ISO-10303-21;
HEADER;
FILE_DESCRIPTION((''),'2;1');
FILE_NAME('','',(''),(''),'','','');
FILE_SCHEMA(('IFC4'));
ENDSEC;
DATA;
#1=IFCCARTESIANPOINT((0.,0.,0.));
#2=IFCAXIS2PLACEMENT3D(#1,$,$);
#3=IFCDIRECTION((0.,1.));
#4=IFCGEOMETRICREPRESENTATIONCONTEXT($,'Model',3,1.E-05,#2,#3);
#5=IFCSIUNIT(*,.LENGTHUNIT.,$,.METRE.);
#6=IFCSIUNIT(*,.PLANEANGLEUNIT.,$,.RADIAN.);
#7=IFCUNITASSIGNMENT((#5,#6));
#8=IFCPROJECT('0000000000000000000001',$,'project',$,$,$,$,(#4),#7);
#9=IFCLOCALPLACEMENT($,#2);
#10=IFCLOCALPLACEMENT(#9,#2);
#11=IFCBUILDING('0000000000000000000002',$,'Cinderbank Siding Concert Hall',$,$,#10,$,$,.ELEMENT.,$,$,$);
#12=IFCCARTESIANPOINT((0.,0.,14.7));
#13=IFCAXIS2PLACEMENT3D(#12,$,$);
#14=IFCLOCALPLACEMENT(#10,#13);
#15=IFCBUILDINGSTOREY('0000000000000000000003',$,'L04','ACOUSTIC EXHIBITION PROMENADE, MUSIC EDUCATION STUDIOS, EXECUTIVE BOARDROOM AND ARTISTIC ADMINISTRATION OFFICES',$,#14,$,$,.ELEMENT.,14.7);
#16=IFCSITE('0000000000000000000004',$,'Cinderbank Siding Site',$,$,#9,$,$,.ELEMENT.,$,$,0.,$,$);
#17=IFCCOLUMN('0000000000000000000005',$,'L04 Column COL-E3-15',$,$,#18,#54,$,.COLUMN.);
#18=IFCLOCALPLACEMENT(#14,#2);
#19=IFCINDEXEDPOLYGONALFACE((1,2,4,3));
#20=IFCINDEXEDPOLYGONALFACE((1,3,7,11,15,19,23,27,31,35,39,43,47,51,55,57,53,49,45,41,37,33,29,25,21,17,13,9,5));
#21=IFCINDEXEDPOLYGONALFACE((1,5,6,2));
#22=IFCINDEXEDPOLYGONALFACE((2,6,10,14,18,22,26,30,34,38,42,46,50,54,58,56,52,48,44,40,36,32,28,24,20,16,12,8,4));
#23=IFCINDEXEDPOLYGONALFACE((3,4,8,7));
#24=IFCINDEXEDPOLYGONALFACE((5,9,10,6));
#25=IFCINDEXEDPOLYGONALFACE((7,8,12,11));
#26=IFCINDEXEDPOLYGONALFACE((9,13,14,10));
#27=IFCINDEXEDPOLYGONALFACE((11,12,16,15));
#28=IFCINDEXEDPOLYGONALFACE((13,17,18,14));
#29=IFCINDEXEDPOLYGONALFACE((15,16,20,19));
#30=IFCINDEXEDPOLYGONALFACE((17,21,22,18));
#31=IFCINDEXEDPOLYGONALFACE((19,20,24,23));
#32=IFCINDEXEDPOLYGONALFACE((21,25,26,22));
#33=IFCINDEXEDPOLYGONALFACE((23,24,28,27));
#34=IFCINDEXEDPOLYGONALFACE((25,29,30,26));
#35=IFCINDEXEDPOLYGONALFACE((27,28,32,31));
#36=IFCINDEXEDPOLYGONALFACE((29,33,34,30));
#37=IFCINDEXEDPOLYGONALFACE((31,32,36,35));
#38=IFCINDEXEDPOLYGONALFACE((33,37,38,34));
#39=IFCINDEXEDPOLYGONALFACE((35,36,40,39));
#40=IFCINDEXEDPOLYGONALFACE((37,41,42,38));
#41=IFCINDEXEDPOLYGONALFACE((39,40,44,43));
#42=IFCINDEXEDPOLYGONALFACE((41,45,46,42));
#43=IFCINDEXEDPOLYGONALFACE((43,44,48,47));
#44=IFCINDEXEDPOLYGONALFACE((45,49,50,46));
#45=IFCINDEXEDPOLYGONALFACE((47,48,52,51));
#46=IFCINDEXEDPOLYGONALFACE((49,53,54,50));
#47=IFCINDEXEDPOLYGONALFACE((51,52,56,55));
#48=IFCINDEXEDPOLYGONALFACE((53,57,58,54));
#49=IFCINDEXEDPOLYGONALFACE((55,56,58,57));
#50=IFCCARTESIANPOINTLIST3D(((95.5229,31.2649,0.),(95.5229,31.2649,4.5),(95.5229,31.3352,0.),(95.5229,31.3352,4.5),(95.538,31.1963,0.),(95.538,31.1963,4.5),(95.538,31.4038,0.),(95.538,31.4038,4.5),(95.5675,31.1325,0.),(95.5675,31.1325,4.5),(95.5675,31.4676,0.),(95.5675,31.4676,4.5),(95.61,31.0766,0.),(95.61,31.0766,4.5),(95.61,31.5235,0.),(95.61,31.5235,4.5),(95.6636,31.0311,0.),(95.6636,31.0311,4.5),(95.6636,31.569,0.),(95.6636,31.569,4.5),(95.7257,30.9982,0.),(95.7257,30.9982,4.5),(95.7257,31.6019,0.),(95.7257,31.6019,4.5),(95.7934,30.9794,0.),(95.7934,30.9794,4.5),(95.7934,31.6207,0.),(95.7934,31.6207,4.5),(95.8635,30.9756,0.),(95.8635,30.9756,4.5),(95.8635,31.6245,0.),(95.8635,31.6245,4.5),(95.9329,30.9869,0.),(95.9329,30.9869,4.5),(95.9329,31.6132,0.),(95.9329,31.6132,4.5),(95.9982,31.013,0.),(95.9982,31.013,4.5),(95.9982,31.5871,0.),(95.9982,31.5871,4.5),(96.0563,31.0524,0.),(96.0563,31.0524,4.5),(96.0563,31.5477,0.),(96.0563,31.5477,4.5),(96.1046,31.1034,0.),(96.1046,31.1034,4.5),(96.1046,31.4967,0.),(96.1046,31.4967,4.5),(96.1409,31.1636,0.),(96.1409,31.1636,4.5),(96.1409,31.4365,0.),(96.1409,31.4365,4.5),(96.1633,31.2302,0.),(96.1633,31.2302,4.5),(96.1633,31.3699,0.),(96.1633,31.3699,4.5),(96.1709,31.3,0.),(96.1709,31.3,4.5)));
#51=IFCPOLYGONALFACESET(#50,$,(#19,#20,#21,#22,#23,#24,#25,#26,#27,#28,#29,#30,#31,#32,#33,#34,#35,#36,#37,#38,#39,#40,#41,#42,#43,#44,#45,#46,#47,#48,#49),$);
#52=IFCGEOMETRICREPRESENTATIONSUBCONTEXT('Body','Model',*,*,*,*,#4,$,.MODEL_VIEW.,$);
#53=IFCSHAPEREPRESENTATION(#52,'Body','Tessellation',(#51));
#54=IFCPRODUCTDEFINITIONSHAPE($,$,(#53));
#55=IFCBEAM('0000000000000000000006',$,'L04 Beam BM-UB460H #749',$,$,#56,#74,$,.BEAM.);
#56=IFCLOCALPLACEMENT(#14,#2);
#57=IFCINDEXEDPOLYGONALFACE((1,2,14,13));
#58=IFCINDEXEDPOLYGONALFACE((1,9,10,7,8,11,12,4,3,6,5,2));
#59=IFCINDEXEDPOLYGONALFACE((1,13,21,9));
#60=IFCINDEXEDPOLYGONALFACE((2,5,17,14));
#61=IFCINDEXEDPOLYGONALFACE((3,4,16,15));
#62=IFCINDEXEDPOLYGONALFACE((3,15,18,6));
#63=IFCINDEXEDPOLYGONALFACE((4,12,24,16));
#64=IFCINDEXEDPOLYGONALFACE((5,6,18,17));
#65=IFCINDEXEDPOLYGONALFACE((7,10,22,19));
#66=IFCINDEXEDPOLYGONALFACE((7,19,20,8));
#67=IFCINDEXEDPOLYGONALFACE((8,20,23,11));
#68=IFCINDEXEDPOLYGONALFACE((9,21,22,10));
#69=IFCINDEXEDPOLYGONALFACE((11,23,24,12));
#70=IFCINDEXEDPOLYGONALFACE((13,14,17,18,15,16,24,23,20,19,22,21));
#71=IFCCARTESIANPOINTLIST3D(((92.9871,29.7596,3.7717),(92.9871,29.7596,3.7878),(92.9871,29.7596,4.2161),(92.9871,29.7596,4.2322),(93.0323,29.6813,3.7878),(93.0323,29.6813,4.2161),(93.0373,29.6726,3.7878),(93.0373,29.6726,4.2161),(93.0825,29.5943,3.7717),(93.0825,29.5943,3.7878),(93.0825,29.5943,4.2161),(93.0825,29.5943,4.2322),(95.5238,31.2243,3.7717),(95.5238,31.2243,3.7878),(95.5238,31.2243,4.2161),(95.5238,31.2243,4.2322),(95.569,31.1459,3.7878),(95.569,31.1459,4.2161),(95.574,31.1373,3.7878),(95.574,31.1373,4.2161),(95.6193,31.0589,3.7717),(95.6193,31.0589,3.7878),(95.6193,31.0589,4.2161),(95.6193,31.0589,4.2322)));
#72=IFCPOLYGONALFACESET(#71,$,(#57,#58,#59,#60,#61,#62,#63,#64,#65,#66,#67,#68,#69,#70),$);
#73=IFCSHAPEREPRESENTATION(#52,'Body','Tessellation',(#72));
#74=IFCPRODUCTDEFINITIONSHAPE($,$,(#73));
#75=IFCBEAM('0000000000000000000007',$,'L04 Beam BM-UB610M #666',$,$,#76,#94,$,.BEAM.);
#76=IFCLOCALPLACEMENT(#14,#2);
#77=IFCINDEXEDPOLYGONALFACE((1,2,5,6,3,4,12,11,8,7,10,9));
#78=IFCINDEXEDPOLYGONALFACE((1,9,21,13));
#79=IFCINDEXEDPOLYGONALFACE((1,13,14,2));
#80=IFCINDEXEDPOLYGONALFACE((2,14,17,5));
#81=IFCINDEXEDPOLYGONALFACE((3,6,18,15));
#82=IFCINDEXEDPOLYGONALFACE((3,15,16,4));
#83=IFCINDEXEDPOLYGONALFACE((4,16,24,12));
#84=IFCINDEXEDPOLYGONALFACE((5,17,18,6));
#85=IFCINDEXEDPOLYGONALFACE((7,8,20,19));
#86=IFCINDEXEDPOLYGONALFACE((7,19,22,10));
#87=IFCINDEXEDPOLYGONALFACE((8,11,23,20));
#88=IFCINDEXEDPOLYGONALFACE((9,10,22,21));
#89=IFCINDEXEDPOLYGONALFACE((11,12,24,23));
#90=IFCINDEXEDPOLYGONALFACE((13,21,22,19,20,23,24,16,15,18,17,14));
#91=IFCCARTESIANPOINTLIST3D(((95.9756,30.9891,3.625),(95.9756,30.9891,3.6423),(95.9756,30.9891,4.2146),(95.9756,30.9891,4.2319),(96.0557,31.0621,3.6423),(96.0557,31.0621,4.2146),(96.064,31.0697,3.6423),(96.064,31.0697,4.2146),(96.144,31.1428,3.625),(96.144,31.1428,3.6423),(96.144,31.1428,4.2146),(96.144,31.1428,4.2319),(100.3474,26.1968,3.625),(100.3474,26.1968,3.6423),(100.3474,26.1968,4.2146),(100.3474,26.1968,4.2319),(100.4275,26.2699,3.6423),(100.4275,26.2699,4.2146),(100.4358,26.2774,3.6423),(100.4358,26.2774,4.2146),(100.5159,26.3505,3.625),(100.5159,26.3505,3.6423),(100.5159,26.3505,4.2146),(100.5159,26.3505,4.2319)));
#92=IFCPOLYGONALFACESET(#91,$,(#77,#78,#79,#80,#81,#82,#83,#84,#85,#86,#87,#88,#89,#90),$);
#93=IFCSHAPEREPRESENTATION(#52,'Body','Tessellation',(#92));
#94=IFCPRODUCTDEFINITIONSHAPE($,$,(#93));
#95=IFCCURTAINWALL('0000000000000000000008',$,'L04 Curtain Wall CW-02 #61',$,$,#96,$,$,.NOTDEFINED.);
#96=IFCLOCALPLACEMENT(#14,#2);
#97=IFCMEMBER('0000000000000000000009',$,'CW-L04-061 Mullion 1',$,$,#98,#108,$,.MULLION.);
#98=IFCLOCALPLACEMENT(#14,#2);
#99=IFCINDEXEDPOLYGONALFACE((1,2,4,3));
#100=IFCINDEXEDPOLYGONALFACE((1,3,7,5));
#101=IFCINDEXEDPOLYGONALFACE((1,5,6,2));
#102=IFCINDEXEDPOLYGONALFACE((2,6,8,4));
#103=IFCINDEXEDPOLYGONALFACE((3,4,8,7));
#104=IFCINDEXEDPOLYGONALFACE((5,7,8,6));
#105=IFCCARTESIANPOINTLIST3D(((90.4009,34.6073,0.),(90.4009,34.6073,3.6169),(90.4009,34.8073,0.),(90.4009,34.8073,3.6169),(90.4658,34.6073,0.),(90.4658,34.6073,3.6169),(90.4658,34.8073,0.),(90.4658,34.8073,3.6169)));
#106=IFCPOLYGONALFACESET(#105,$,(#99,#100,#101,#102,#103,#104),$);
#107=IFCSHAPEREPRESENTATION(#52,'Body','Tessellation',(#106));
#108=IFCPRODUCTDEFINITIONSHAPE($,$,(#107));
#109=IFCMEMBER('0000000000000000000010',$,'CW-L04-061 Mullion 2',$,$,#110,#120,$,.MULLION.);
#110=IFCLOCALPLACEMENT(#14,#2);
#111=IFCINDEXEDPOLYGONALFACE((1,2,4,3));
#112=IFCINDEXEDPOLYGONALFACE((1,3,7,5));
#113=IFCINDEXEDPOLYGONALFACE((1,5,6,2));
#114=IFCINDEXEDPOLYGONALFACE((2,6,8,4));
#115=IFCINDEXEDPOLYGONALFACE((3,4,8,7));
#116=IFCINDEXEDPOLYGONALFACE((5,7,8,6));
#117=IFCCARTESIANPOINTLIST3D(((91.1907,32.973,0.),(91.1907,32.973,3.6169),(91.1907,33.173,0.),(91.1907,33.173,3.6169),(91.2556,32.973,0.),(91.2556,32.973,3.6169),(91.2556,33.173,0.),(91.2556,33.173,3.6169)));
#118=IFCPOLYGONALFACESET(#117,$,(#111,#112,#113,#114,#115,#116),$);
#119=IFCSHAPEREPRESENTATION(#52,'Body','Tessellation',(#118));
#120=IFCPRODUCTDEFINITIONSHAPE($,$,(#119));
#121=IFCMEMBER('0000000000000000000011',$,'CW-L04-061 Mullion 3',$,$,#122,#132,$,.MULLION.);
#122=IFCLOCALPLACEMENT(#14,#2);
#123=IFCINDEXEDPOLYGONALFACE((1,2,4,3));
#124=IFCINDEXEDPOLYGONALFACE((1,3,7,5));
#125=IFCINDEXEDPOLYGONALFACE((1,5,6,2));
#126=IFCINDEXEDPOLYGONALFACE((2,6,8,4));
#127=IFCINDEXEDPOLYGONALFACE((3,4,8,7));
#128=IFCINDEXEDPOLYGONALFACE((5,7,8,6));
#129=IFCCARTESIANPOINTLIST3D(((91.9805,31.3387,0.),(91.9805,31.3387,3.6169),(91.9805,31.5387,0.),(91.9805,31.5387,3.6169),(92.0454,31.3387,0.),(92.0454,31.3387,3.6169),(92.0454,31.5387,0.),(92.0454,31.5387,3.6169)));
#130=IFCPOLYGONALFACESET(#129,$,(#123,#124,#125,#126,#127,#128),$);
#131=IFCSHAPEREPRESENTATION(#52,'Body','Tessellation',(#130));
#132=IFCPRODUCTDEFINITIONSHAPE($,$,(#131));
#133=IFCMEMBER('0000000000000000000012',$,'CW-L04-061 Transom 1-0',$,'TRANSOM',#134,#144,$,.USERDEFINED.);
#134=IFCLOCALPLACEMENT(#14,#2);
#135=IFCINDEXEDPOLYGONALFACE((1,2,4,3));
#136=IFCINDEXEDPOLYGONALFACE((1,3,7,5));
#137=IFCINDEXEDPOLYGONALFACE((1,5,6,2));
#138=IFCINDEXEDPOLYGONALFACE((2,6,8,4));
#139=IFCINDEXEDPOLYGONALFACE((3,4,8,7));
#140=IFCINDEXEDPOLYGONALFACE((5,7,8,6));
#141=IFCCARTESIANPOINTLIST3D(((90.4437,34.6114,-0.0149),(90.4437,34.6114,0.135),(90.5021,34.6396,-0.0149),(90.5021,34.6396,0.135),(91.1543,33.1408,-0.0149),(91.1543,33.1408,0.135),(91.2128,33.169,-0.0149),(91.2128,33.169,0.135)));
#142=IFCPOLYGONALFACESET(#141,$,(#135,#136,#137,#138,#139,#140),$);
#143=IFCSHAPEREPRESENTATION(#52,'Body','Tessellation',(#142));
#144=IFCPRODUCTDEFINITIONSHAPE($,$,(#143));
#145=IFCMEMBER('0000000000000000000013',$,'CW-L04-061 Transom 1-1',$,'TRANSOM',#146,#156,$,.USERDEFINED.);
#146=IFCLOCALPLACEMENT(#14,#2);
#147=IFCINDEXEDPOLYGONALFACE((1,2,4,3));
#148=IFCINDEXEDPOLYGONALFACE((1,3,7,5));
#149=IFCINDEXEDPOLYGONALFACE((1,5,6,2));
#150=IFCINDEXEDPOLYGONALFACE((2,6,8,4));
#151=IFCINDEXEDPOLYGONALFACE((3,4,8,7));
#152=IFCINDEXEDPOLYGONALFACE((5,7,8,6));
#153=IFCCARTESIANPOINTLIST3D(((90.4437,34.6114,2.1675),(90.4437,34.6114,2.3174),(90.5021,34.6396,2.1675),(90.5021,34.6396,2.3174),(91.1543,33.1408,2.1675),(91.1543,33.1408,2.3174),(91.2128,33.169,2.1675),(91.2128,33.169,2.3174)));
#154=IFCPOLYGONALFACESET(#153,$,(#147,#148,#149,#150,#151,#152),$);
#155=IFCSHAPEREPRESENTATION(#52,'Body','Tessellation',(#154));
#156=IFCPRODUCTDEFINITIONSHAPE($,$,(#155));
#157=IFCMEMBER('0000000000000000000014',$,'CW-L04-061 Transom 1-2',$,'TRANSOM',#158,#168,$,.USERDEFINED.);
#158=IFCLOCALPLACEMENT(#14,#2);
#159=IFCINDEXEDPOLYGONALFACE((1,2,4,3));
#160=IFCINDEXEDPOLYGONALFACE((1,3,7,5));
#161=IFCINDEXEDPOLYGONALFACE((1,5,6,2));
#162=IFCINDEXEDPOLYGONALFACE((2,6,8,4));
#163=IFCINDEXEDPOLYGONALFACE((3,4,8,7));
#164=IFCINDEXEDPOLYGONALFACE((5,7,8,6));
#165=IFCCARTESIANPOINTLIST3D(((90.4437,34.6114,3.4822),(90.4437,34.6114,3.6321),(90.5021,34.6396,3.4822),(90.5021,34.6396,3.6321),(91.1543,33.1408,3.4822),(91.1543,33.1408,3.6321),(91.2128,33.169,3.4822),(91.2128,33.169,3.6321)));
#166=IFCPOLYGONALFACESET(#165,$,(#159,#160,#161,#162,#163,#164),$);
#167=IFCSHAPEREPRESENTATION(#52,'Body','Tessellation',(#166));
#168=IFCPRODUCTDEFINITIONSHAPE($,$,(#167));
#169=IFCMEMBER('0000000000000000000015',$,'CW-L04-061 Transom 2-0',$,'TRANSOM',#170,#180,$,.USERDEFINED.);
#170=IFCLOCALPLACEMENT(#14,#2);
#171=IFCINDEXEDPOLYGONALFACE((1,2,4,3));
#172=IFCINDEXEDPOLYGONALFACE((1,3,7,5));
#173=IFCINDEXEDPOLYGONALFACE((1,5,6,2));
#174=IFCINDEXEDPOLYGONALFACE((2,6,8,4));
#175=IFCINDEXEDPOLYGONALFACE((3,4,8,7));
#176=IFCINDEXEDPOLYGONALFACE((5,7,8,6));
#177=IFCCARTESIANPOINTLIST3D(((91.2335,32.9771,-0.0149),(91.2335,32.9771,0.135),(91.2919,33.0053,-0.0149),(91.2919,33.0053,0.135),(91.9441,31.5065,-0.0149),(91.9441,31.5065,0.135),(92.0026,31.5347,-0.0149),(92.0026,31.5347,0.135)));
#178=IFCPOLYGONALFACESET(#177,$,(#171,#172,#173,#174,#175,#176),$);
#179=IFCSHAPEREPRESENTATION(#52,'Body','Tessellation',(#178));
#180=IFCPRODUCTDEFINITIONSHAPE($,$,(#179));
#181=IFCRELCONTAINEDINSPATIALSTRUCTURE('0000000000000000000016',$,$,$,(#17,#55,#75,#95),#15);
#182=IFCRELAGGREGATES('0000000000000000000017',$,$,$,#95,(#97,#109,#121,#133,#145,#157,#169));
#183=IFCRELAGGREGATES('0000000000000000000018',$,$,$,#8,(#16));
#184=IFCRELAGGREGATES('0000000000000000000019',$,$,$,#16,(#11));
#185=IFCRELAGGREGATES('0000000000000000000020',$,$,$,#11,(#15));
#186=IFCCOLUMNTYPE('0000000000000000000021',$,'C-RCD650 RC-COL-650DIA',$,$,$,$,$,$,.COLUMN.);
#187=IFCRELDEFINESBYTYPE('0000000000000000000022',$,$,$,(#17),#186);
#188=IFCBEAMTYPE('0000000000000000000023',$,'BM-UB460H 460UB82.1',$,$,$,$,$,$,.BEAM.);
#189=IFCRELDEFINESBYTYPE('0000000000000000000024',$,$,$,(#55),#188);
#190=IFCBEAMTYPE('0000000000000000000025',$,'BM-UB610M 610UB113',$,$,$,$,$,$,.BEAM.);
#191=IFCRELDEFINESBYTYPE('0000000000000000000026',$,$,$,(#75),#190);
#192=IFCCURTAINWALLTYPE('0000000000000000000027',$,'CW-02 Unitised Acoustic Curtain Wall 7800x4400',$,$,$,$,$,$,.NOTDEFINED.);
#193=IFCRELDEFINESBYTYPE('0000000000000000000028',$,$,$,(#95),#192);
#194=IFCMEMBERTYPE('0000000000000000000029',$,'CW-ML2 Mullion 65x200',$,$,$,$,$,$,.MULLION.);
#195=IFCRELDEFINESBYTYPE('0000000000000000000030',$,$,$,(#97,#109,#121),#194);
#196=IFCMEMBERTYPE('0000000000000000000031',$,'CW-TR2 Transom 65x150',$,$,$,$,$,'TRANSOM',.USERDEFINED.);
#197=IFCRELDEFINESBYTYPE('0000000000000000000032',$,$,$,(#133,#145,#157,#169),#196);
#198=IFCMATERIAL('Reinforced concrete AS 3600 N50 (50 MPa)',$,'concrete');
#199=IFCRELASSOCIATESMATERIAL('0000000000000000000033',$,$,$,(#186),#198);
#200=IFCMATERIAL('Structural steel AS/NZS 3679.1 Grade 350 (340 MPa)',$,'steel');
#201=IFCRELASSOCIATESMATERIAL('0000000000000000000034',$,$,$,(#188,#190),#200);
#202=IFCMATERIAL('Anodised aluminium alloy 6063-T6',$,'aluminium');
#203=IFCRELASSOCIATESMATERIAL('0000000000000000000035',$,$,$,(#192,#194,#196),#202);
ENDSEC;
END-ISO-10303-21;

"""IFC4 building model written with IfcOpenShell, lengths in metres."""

from ifc_helpers import new_model, si_unit, direction, frame, origin, origin_2d, place, context, subcontext, project, spatial, rectangle, circle, i_section, extrude, material, material_profile, profile_set, type_object, element, aggregate, save


model = new_model("IFC4")

# Units and contexts
model_context = context("Model", 3, precision=1e-05, world=origin(), true_north=direction((0.0, 1.0)))
body_context = subcontext(model_context, "Body", "Model", "MODEL_VIEW")
ifc_project = project(units=[si_unit("LENGTHUNIT", "METRE"), si_unit("PLANEANGLEUNIT", "RADIAN")], contexts=[model_context])

# Site, building, storey
site_placement = place(None, origin())
site = spatial("IfcSite", under=ifc_project, at=site_placement, Name="Cinderbank Siding Site", CompositionType="ELEMENT", RefElevation=0.0)
building_placement = place(site_placement, origin())
building = spatial("IfcBuilding", under=site, at=building_placement, Name="Cinderbank Siding Concert Hall", CompositionType="ELEMENT")
storey_placement = place(building_placement, frame((0.0, 0.0, 14.7)))
storey = spatial("IfcBuildingStorey", under=building, at=storey_placement, Name="L04", Description="ACOUSTIC EXHIBITION PROMENADE, MUSIC EDUCATION STUDIOS, EXECUTIVE BOARDROOM AND ARTISTIC ADMINISTRATION OFFICES", CompositionType="ELEMENT", Elevation=14.7)

# Column
ifc_material_1 = material(Name="Reinforced concrete AS 3600 N50 (50 MPa)", Category="concrete")
ifc_material_profile_1 = material_profile(ifc_material_1, circle(Radius=0.325, at=origin_2d()), Name="RC-COL-650DIA", Category="LoadBearing")
ifc_profile_set_1 = profile_set([ifc_material_profile_1], Name="Reinforced concrete AS 3600 N50 (50 MPa)")
column_type = type_object("IfcColumnType", Name="C-RCD650 RC-COL-650DIA", PredefinedType="COLUMN", material=ifc_profile_set_1)
column_placement = place(storey_placement, frame((95.8459, 31.3, 0.0), z_axis=(0.0, 0.0, 1.0), x_axis=(1.0, 0.0, 0.0)))
element("IfcColumn", 1, at=column_placement, inside=storey, type_object=column_type, Name="L04 Column COL-E3-15", PredefinedType="COLUMN", context=body_context, shape_type="SweptSolid", body=[
    extrude(circle(Radius=0.325, at=origin_2d()), origin(), (0.0, 0.0, 1.0), 4.5),
])

# Beams
ifc_material_2 = material(Name="Structural steel AS/NZS 3679.1 Grade 350 (340 MPa)", Category="steel")
ifc_material_profile_2 = material_profile(ifc_material_2, i_section(OverallWidth=0.1909, OverallDepth=0.4604, WebThickness=0.01, FlangeThickness=0.0161, at=origin_2d()), Name="460UB82.1", Category="LoadBearing")
ifc_profile_set_2 = profile_set([ifc_material_profile_2], Name="Structural steel AS/NZS 3679.1 Grade 350 (340 MPa)")
beam_type_1 = type_object("IfcBeamType", Name="BM-UB460H 460UB82.1", PredefinedType="BEAM", material=ifc_profile_set_2)
beam_1_placement = place(storey_placement, frame((95.5715, 31.1416, 4.002), z_axis=(-0.866013, -0.500021, 0.0), x_axis=(0.500021, -0.866013, 0.0)))
element("IfcBeam", 2, at=beam_1_placement, inside=storey, type_object=beam_type_1, Name="L04 Beam BM-UB460H #749", PredefinedType="BEAM", context=body_context, shape_type="SweptSolid", body=[
    extrude(i_section(OverallWidth=0.1909, OverallDepth=0.4604, WebThickness=0.01, FlangeThickness=0.0161, at=origin_2d()), origin(), (0.0, 0.0, 1.0), 2.9292),
])
ifc_material_profile_3 = material_profile(ifc_material_2, i_section(OverallWidth=0.228, OverallDepth=0.6069, WebThickness=0.0112, FlangeThickness=0.0173, at=origin_2d()), Name="610UB113", Category="LoadBearing")
ifc_profile_set_3 = profile_set([ifc_material_profile_3], Name="Structural steel AS/NZS 3679.1 Grade 350 (340 MPa)")
beam_type_2 = type_object("IfcBeamType", Name="BM-UB610M 610UB113", PredefinedType="BEAM", material=ifc_profile_set_3)
beam_2_placement = place(storey_placement, frame((96.0598, 31.0659, 3.9285), z_axis=(0.673959, -0.738769, 0.0), x_axis=(0.738769, 0.673959, 0.0)))
element("IfcBeam", 3, at=beam_2_placement, inside=storey, type_object=beam_type_2, Name="L04 Beam BM-UB610M #666", PredefinedType="BEAM", context=body_context, shape_type="SweptSolid", body=[
    extrude(i_section(OverallWidth=0.228, OverallDepth=0.6069, WebThickness=0.0112, FlangeThickness=0.0173, at=origin_2d()), origin(), (0.0, 0.0, 1.0), 6.4868),
])

# Curtain wall, members
ifc_material_3 = material(Name="Anodised aluminium alloy 6063-T6", Category="aluminium")
curtain_wall_type = type_object("IfcCurtainWallType", Name="CW-02 Unitised Acoustic Curtain Wall 7800x4400", PredefinedType="NOTDEFINED", material=ifc_material_3)
curtain_wall_placement = place(storey_placement, origin())
curtain_wall = element("IfcCurtainWall", 4, at=curtain_wall_placement, inside=storey, type_object=curtain_wall_type, Name="L04 Curtain Wall CW-02 #61", PredefinedType="NOTDEFINED")
ifc_material_profile_4 = material_profile(ifc_material_3, rectangle(XDim=0.0649, YDim=0.2, at=origin_2d()), Name="ALU-MULL-65x200", Category="LoadBearing")
ifc_profile_set_4 = profile_set([ifc_material_profile_4], Name="Anodised aluminium alloy 6063-T6")
member_type_1 = type_object("IfcMemberType", Name="CW-ML2 Mullion 65x200", PredefinedType="MULLION", material=ifc_profile_set_4)
member_1_placement = place(storey_placement, frame((90.4333, 34.7073, 0.0), z_axis=(0.0, 0.0, 1.0), x_axis=(1.0, 0.0, 0.0)))
member_1 = element("IfcMember", 5, at=member_1_placement, type_object=member_type_1, Name="CW-L04-061 Mullion 1", PredefinedType="MULLION", context=body_context, shape_type="SweptSolid", body=[
    extrude(rectangle(XDim=0.0649, YDim=0.2, at=origin_2d()), origin(), (0.0, 0.0, 1.0), 3.6169),
])
member_2_placement = place(storey_placement, frame((91.2231, 33.073, 0.0), z_axis=(0.0, 0.0, 1.0), x_axis=(1.0, 0.0, 0.0)))
member_2 = element("IfcMember", 6, at=member_2_placement, type_object=member_type_1, Name="CW-L04-061 Mullion 2", PredefinedType="MULLION", context=body_context, shape_type="SweptSolid", body=[
    extrude(rectangle(XDim=0.0649, YDim=0.2, at=origin_2d()), origin(), (0.0, 0.0, 1.0), 3.6169),
])
member_3_placement = place(storey_placement, frame((92.0129, 31.4387, 0.0), z_axis=(0.0, 0.0, 1.0), x_axis=(1.0, 0.0, 0.0)))
member_3 = element("IfcMember", 7, at=member_3_placement, type_object=member_type_1, Name="CW-L04-061 Mullion 3", PredefinedType="MULLION", context=body_context, shape_type="SweptSolid", body=[
    extrude(rectangle(XDim=0.0649, YDim=0.2, at=origin_2d()), origin(), (0.0, 0.0, 1.0), 3.6169),
])
ifc_material_profile_5 = material_profile(ifc_material_3, rectangle(XDim=0.0649, YDim=0.1499, at=origin_2d()), Name="ALU-TRAN-65x150", Category="LoadBearing")
ifc_profile_set_5 = profile_set([ifc_material_profile_5], Name="Anodised aluminium alloy 6063-T6")
member_type_2 = type_object("IfcMemberType", Name="CW-TR2 Transom 65x150", ElementType="TRANSOM", PredefinedType="USERDEFINED", material=ifc_profile_set_5)
member_4_placement = place(storey_placement, frame((90.4729, 34.6255, 0.0601), z_axis=(0.435096, -0.900384, 0.0), x_axis=(0.900384, 0.435096, 0.0)))
member_4 = element("IfcMember", 8, at=member_4_placement, type_object=member_type_2, Name="CW-L04-061 Transom 1-0", ObjectType="TRANSOM", PredefinedType="USERDEFINED", context=body_context, shape_type="SweptSolid", body=[
    extrude(rectangle(XDim=0.0649, YDim=0.1499, at=origin_2d()), origin(), (0.0, 0.0, 1.0), 1.6333),
])
member_5_placement = place(storey_placement, frame((90.4729, 34.6255, 2.2424), z_axis=(0.435096, -0.900384, 0.0), x_axis=(0.900384, 0.435096, 0.0)))
member_5 = element("IfcMember", 9, at=member_5_placement, type_object=member_type_2, Name="CW-L04-061 Transom 1-1", ObjectType="TRANSOM", PredefinedType="USERDEFINED", context=body_context, shape_type="SweptSolid", body=[
    extrude(rectangle(XDim=0.0649, YDim=0.1499, at=origin_2d()), origin(), (0.0, 0.0, 1.0), 1.6333),
])
member_6_placement = place(storey_placement, frame((90.4729, 34.6255, 3.5571), z_axis=(0.435096, -0.900384, 0.0), x_axis=(0.900384, 0.435096, 0.0)))
member_6 = element("IfcMember", 10, at=member_6_placement, type_object=member_type_2, Name="CW-L04-061 Transom 1-2", ObjectType="TRANSOM", PredefinedType="USERDEFINED", context=body_context, shape_type="SweptSolid", body=[
    extrude(rectangle(XDim=0.0649, YDim=0.1499, at=origin_2d()), origin(), (0.0, 0.0, 1.0), 1.6333),
])
member_7_placement = place(storey_placement, frame((91.2627, 32.9912, 0.0601), z_axis=(0.435096, -0.900384, 0.0), x_axis=(0.900384, 0.435096, 0.0)))
member_7 = element("IfcMember", 11, at=member_7_placement, type_object=member_type_2, Name="CW-L04-061 Transom 2-0", ObjectType="TRANSOM", PredefinedType="USERDEFINED", context=body_context, shape_type="SweptSolid", body=[
    extrude(rectangle(XDim=0.0649, YDim=0.1499, at=origin_2d()), origin(), (0.0, 0.0, 1.0), 1.6333),
])
aggregate(curtain_wall, [member_1, member_2, member_3, member_4, member_5, member_6, member_7])

save(model, "model.ifc")
